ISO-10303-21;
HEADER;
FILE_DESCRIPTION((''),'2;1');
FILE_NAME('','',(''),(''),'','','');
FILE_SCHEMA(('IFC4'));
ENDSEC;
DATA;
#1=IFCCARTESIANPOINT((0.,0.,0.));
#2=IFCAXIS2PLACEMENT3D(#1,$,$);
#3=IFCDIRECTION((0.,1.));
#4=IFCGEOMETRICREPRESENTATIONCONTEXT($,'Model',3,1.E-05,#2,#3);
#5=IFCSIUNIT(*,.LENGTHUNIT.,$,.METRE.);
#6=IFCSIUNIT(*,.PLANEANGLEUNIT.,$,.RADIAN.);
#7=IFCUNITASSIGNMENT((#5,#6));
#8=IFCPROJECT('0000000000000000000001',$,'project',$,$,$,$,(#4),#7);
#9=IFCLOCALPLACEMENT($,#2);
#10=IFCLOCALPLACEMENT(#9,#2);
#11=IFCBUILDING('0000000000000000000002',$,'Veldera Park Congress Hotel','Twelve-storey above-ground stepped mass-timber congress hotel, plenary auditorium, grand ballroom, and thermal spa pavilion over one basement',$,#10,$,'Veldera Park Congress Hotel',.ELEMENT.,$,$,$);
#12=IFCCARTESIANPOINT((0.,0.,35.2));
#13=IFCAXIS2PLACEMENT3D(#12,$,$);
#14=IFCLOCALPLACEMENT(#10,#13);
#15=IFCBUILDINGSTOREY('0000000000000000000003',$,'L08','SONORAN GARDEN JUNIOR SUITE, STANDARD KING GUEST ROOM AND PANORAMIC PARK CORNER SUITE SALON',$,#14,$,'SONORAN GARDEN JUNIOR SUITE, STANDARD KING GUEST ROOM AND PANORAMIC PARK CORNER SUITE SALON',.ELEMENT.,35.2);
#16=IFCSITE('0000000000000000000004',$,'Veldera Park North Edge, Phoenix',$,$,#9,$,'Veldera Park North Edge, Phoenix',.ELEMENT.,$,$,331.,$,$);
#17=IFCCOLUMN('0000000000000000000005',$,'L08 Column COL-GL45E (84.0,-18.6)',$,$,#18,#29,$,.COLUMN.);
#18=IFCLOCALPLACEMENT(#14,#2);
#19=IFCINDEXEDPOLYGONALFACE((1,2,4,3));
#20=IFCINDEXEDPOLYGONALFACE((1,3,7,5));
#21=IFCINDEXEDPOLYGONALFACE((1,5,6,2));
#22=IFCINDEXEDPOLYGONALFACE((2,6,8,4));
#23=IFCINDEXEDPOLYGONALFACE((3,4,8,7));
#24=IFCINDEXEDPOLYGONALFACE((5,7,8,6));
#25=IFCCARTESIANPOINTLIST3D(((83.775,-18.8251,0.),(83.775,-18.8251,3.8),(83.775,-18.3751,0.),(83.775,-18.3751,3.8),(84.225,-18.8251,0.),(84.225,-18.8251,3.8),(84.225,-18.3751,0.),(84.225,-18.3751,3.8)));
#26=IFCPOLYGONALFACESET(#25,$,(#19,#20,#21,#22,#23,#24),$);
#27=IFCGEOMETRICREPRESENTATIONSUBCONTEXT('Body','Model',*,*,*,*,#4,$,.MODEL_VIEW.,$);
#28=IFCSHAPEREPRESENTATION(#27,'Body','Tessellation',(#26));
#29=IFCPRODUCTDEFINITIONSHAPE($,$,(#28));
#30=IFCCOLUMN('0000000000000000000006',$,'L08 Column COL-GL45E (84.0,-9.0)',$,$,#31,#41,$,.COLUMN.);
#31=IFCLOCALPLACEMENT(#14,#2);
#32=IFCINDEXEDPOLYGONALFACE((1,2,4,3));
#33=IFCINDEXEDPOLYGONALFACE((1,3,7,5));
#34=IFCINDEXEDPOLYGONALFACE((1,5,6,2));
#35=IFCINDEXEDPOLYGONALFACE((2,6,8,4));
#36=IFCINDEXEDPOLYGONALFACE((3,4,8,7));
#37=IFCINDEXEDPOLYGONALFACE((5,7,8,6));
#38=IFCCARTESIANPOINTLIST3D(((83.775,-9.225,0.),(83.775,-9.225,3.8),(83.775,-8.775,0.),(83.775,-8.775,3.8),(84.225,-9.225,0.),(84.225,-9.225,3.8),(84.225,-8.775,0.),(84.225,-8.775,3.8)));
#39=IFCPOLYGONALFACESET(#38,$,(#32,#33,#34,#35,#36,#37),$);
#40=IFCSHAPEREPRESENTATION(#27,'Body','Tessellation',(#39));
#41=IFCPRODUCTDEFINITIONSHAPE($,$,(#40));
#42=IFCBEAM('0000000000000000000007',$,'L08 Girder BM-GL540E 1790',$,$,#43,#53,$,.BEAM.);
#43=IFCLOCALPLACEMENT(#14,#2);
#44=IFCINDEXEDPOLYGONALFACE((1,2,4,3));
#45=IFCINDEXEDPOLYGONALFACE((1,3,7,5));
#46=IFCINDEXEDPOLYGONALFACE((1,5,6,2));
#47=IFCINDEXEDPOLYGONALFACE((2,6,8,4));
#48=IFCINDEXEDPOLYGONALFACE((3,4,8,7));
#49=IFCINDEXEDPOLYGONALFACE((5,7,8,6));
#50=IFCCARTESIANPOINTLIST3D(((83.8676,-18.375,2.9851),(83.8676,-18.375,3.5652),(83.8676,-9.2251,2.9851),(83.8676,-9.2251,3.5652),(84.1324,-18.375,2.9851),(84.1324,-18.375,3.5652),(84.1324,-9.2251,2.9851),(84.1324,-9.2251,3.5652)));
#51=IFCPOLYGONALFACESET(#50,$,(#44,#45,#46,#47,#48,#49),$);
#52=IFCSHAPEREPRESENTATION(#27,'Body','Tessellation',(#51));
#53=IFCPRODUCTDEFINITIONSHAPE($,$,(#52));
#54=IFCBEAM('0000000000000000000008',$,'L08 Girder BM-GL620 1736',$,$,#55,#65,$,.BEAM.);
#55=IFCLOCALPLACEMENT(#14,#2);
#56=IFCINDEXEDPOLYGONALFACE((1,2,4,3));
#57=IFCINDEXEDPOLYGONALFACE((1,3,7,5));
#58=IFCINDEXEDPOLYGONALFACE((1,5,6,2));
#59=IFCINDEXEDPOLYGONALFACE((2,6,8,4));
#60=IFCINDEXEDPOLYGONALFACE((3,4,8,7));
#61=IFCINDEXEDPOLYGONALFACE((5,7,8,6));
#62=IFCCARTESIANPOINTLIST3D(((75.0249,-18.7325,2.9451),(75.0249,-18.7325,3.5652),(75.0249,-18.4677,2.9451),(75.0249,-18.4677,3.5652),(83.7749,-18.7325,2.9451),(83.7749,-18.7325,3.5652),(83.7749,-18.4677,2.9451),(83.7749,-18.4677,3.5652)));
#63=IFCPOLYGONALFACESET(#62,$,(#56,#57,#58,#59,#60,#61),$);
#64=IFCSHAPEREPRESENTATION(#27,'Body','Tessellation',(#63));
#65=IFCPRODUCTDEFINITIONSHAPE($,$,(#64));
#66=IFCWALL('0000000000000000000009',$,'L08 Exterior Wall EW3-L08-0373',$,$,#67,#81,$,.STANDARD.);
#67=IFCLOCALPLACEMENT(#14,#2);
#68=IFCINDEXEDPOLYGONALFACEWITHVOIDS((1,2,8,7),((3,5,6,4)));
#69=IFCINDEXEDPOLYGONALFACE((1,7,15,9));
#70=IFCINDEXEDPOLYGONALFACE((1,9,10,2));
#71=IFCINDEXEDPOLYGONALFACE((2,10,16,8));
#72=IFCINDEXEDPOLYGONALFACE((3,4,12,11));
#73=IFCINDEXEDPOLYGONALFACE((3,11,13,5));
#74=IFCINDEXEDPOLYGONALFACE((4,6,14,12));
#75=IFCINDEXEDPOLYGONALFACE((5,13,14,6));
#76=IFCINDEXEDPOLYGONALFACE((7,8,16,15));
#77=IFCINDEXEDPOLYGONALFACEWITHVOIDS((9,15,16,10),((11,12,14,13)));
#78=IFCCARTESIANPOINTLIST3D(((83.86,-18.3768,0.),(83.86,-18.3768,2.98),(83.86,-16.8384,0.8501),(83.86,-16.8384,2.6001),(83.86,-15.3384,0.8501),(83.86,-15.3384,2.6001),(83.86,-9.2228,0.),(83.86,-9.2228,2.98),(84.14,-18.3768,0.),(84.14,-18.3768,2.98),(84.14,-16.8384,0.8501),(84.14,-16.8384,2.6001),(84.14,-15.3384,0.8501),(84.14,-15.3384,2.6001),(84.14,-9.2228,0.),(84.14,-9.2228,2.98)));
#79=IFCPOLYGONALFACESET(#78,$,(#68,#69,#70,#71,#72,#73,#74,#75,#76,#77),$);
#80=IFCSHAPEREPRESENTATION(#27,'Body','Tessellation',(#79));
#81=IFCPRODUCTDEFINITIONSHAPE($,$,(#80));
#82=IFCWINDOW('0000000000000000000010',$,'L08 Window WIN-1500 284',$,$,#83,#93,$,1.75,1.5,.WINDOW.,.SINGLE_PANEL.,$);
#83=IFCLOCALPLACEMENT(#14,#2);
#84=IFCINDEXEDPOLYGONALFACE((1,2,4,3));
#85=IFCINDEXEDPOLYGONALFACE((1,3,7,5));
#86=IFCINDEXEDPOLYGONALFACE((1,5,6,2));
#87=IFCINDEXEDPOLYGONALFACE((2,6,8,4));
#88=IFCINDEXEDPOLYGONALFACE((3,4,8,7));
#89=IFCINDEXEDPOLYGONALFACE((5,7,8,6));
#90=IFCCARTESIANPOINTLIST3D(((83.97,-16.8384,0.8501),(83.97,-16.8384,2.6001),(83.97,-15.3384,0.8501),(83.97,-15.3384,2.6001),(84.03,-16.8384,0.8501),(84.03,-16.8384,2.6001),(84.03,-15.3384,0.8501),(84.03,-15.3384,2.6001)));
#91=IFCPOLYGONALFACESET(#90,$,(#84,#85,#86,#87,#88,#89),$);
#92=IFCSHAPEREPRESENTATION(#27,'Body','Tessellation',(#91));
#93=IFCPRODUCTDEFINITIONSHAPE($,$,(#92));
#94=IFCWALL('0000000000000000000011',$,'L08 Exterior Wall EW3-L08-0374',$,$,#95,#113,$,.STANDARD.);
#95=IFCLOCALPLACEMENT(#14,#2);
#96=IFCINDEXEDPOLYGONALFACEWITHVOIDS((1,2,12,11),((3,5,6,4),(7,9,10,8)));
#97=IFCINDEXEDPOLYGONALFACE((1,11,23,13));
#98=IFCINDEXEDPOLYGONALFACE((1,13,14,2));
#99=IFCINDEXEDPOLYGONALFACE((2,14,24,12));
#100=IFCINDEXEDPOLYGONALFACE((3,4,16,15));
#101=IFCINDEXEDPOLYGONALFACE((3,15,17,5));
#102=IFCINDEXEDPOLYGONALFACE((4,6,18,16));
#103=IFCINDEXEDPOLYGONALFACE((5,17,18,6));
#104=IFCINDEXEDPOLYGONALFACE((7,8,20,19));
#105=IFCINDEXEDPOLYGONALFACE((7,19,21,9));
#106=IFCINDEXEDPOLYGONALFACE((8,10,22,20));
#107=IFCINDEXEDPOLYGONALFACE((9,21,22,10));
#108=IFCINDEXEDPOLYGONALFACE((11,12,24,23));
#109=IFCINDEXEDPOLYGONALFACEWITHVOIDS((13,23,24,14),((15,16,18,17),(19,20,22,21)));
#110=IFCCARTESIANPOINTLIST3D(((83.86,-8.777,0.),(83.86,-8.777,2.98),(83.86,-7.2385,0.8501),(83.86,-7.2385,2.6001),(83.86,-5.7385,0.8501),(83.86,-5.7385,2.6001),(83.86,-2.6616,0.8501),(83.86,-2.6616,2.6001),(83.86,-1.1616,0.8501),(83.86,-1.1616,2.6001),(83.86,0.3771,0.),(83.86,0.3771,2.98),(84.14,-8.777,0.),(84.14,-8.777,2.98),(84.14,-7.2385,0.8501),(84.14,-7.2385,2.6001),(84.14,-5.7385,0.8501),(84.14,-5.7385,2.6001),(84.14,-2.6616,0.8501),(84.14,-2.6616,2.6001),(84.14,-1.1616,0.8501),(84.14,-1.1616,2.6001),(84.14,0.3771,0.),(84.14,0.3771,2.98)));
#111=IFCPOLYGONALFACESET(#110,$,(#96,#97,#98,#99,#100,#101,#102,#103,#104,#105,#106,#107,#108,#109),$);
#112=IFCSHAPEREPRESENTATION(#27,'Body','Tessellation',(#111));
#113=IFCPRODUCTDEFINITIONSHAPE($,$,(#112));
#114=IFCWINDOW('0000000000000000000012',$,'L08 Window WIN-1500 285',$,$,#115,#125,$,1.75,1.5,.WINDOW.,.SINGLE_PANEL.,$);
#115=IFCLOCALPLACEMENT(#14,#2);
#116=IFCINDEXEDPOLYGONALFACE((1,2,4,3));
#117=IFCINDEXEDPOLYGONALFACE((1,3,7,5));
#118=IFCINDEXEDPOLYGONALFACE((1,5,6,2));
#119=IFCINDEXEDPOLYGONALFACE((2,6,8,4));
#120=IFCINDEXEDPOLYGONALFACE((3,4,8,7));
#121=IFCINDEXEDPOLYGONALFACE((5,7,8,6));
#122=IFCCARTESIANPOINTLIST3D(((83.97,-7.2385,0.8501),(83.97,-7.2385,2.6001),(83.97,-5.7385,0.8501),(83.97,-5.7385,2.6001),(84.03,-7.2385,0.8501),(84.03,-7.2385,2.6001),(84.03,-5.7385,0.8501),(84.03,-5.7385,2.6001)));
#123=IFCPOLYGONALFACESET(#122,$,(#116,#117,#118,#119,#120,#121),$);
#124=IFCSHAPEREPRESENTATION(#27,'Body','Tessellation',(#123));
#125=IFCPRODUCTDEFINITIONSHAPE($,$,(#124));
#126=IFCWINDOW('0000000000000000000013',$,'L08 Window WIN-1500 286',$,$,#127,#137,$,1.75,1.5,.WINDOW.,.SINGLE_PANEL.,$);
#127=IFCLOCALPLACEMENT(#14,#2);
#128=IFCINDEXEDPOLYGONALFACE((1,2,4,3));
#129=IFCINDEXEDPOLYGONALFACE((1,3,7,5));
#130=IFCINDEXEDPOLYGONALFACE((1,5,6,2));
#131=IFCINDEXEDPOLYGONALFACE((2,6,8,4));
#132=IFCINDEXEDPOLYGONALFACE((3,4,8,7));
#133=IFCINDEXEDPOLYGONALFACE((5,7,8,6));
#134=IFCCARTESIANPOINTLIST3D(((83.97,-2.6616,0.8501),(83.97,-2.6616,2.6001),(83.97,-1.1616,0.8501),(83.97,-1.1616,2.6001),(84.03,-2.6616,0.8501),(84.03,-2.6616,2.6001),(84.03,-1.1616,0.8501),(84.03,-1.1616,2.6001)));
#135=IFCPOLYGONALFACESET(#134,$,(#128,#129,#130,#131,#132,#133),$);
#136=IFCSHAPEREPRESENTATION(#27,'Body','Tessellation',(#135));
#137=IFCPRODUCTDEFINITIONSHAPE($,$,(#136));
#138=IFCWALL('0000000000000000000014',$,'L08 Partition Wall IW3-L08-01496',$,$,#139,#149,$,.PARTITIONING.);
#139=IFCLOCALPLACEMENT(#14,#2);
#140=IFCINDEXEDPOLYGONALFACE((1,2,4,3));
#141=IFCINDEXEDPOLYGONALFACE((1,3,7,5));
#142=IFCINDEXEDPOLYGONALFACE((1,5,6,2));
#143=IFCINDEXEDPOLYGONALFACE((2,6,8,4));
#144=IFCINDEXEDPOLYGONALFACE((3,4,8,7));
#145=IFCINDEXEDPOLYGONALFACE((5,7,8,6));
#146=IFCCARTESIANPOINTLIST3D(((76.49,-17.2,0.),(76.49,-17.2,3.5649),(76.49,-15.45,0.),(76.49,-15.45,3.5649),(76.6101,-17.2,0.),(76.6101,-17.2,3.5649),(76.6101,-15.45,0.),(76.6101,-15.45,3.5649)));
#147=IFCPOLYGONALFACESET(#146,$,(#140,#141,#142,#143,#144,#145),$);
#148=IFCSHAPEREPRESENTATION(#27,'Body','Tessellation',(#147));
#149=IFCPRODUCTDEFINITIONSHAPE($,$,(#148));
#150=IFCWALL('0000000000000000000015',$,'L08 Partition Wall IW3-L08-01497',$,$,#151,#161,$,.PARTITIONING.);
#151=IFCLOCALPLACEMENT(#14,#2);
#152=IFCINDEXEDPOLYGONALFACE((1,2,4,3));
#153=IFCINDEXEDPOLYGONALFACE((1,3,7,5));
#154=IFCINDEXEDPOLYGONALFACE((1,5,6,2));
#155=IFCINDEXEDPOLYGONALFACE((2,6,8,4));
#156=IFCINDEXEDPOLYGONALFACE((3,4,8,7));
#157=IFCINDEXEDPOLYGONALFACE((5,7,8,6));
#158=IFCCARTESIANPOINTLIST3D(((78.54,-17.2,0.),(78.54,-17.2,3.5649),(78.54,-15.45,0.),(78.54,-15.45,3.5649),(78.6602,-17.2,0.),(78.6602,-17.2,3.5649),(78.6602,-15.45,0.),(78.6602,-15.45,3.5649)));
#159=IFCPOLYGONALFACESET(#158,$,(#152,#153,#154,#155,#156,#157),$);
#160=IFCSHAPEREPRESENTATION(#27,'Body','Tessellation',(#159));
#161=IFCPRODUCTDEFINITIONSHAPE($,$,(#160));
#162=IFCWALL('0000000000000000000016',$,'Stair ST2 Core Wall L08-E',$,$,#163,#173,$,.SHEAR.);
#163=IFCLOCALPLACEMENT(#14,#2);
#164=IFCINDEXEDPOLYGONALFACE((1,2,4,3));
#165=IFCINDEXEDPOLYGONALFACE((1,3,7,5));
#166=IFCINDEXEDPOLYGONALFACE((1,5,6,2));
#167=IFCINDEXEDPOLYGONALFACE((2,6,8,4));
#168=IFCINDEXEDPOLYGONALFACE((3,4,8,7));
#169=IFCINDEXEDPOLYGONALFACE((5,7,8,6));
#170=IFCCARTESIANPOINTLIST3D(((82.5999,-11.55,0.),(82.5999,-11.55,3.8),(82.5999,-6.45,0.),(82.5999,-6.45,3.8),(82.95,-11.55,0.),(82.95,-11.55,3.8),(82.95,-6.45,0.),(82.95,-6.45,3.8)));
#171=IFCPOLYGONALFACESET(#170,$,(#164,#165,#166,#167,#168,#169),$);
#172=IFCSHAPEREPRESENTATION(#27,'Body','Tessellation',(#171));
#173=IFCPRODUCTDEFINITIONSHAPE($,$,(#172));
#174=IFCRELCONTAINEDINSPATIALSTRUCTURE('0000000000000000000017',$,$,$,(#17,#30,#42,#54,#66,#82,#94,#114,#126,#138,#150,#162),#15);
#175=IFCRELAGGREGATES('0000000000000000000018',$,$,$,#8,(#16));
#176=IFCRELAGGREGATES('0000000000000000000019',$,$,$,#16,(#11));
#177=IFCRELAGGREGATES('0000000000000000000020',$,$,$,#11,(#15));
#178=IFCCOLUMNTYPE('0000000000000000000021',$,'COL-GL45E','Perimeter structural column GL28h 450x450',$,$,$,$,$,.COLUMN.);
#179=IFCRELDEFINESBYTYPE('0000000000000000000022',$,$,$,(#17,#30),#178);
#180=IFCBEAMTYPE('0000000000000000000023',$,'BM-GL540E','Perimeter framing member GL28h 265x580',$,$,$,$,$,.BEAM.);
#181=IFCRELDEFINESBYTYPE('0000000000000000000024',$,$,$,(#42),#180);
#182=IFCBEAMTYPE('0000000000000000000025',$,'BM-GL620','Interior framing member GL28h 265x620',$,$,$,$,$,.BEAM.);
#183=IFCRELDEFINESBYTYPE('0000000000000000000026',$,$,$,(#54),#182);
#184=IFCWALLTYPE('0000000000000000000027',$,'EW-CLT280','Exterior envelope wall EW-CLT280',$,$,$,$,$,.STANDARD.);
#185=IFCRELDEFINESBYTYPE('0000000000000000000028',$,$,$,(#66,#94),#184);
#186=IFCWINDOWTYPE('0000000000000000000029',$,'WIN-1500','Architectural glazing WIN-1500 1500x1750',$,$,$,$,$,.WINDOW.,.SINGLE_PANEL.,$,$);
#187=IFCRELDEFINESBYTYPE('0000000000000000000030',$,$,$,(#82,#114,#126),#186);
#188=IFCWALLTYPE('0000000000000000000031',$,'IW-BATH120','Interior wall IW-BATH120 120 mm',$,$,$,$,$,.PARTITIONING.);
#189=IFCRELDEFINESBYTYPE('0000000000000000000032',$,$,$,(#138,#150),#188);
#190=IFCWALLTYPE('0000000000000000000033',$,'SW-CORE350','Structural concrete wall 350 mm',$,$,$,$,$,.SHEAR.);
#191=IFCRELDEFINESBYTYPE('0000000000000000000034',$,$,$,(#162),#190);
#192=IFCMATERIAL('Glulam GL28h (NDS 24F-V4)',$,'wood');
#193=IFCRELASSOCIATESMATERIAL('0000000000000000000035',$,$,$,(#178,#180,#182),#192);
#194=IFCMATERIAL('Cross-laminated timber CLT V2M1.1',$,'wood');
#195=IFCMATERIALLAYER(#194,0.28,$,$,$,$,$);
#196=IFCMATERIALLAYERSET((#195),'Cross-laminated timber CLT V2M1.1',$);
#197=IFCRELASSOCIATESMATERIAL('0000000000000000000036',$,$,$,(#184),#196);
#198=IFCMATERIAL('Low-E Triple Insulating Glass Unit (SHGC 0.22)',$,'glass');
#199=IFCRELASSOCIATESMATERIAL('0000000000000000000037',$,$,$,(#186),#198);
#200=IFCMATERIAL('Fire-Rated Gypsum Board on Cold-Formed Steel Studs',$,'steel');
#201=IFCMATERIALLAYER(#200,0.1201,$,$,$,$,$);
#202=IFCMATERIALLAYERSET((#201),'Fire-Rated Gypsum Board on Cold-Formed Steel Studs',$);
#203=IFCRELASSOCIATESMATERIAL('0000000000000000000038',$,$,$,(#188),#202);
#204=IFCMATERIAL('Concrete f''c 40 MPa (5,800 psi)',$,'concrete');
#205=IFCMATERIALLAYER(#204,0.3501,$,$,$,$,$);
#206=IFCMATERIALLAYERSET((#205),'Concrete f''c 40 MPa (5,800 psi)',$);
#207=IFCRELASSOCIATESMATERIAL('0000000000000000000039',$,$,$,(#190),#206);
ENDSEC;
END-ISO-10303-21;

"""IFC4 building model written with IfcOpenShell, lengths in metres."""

from ifc_helpers import new_model, si_unit, direction, frame, frame_2d, origin, origin_2d, place, context, subcontext, project, spatial, rectangle, extrude, material, layer, layer_set, material_profile, profile_set, type_object, element, fill, save


model = new_model("IFC4")

# Units and contexts
model_context = context("Model", 3, precision=1e-05, world=origin(), true_north=direction((0.0, 1.0)))
body_context = subcontext(model_context, "Body", "Model", "MODEL_VIEW")
ifc_project = project(units=[si_unit("LENGTHUNIT", "METRE"), si_unit("PLANEANGLEUNIT", "RADIAN")], contexts=[model_context])

# Site, building, storey
site_placement = place(None, origin())
site = spatial("IfcSite", under=ifc_project, at=site_placement, Name="Veldera Park North Edge, Phoenix", LongName="Veldera Park North Edge, Phoenix", CompositionType="ELEMENT", RefElevation=331.0)
building_placement = place(site_placement, origin())
building = spatial("IfcBuilding", under=site, at=building_placement, Name="Veldera Park Congress Hotel", Description="Twelve-storey above-ground stepped mass-timber congress hotel, plenary auditorium, grand ballroom, and thermal spa pavilion over one basement", LongName="Veldera Park Congress Hotel", CompositionType="ELEMENT")
storey_placement = place(building_placement, frame((0.0, 0.0, 35.2)))
storey = spatial("IfcBuildingStorey", under=building, at=storey_placement, Name="L08", Description="SONORAN GARDEN JUNIOR SUITE, STANDARD KING GUEST ROOM AND PANORAMIC PARK CORNER SUITE SALON", LongName="SONORAN GARDEN JUNIOR SUITE, STANDARD KING GUEST ROOM AND PANORAMIC PARK CORNER SUITE SALON", CompositionType="ELEMENT", Elevation=35.2)

# Columns
ifc_material_1 = material(Name="Glulam GL28h (NDS 24F-V4)", Category="wood")
ifc_material_profile_1 = material_profile(ifc_material_1, rectangle(XDim=0.45, YDim=0.45, at=origin_2d()), Name="GL28h 450x450")
ifc_profile_set_1 = profile_set([ifc_material_profile_1], Name="Glulam GL28h (NDS 24F-V4)")
column_type = type_object("IfcColumnType", Name="COL-GL45E", Description="Perimeter structural column GL28h 450x450", PredefinedType="COLUMN", material=ifc_profile_set_1)
for number, where, z_axis, x_axis, name in (
    (1, (84.0, -18.6001, 0.0), (0.0, 0.0, 1.0), (1.0, 0.0, 0.0), "L08 Column COL-GL45E (84.0,-18.6)"),
    (2, (84.0, -9.0, 0.0), (0.0, 0.0, 1.0), (1.0, 0.0, 0.0), "L08 Column COL-GL45E (84.0,-9.0)"),
):
    element("IfcColumn", number, at=place(storey_placement, frame(where, z_axis=z_axis, x_axis=x_axis)), inside=storey, type_object=column_type, Name=name, PredefinedType="COLUMN", context=body_context, shape_type="SweptSolid", body=[
        extrude(rectangle(XDim=0.45, YDim=0.45, at=origin_2d()), origin(), (0.0, 0.0, 1.0), 3.8),
    ])

# Beams
ifc_material_profile_2 = material_profile(ifc_material_1, rectangle(XDim=0.2649, YDim=0.5801, at=origin_2d()), Name="GL28h 265x580")
ifc_profile_set_2 = profile_set([ifc_material_profile_2], Name="Glulam GL28h (NDS 24F-V4)")
beam_type_1 = type_object("IfcBeamType", Name="BM-GL540E", Description="Perimeter framing member GL28h 265x580", PredefinedType="BEAM", material=ifc_profile_set_2)
beam_1_placement = place(storey_placement, frame((84.0, -18.375, 3.2751), z_axis=(0.0, 1.0, 0.0), x_axis=(-1.0, 0.0, 0.0)))
element("IfcBeam", 3, at=beam_1_placement, inside=storey, type_object=beam_type_1, Name="L08 Girder BM-GL540E 1790", PredefinedType="BEAM", context=body_context, shape_type="SweptSolid", body=[
    extrude(rectangle(XDim=0.2649, YDim=0.5801, at=origin_2d()), origin(), (0.0, 0.0, 1.0), 9.1499),
])
ifc_material_profile_3 = material_profile(ifc_material_1, rectangle(XDim=0.2649, YDim=0.6201, at=origin_2d()), Name="GL28h 265x620")
ifc_profile_set_3 = profile_set([ifc_material_profile_3], Name="Glulam GL28h (NDS 24F-V4)")
beam_type_2 = type_object("IfcBeamType", Name="BM-GL620", Description="Interior framing member GL28h 265x620", PredefinedType="BEAM", material=ifc_profile_set_3)
beam_2_placement = place(storey_placement, frame((75.0249, -18.6001, 3.2551), z_axis=(1.0, 0.0, 0.0), x_axis=(0.0, 1.0, 0.0)))
element("IfcBeam", 4, at=beam_2_placement, inside=storey, type_object=beam_type_2, Name="L08 Girder BM-GL620 1736", PredefinedType="BEAM", context=body_context, shape_type="SweptSolid", body=[
    extrude(rectangle(XDim=0.2649, YDim=0.6201, at=origin_2d()), origin(), (0.0, 0.0, 1.0), 8.75),
])

# Wall, opening, window
ifc_material_2 = material(Name="Cross-laminated timber CLT V2M1.1", Category="wood")
ifc_layer_1 = layer(ifc_material_2, 0.28)
ifc_layer_set_1 = layer_set([ifc_layer_1], Name="Cross-laminated timber CLT V2M1.1")
wall_type_1 = type_object("IfcWallType", Name="EW-CLT280", Description="Exterior envelope wall EW-CLT280", PredefinedType="STANDARD", material=ifc_layer_set_1)
wall_1_placement = place(storey_placement, frame((84.0, -18.377, 0.0), z_axis=(0.0, 0.0, 1.0), x_axis=(0.0, 1.0, 0.0)))
wall_1 = element("IfcWall", 5, at=wall_1_placement, inside=storey, type_object=wall_type_1, Name="L08 Exterior Wall EW3-L08-0373", PredefinedType="STANDARD", context=body_context, shape_type="SweptSolid", body=[
    extrude(rectangle(XDim=9.1541, YDim=0.28, at=frame_2d((4.5771, 0.0))), origin(), (0.0, 0.0, 1.0), 2.98),
])
opening_1_placement = place(wall_1_placement, frame((1.5386, 0.0, 0.8501)))
opening_1 = element("IfcOpeningElement", 6, at=opening_1_placement, cuts=wall_1, PredefinedType="OPENING", context=body_context, shape_type="SweptSolid", body=[
    extrude(rectangle(XDim=1.5, YDim=1.75, at=frame_2d((0.75, 0.875))), frame((0.0, 0.1521, 0.0), z_axis=(0.0, -1.0, 0.0), x_axis=(1.0, 0.0, 0.0)), (0.0, 0.0, 1.0), 0.304),
])
ifc_material_3 = material(Name="Low-E Triple Insulating Glass Unit (SHGC 0.22)", Category="glass")
window_type = type_object("IfcWindowType", Name="WIN-1500", Description="Architectural glazing WIN-1500 1500x1750", PartitioningType="SINGLE_PANEL", PredefinedType="WINDOW", material=ifc_material_3)
window_1_placement = place(opening_1_placement, origin())
window_1 = element("IfcWindow", 7, at=window_1_placement, inside=storey, type_object=window_type, Name="L08 Window WIN-1500 284", OverallHeight=1.75, OverallWidth=1.5, PartitioningType="SINGLE_PANEL", PredefinedType="WINDOW", context=body_context, shape_type="SweptSolid", body=[
    extrude(rectangle(XDim=1.5, YDim=1.75, at=frame_2d((0.75, 0.875))), frame((0.0, 0.03, 0.0), z_axis=(0.0, -1.0, 0.0), x_axis=(1.0, 0.0, 0.0)), (0.0, 0.0, 1.0), 0.0601),
])
fill(opening_1, window_1)

# Wall, openings, windows
wall_2_placement = place(storey_placement, frame((84.0, -8.7771, 0.0), z_axis=(0.0, 0.0, 1.0), x_axis=(0.0, 1.0, 0.0)))
wall_2 = element("IfcWall", 8, at=wall_2_placement, inside=storey, type_object=wall_type_1, Name="L08 Exterior Wall EW3-L08-0374", PredefinedType="STANDARD", context=body_context, shape_type="SweptSolid", body=[
    extrude(rectangle(XDim=9.1541, YDim=0.28, at=frame_2d((4.5771, 0.0))), origin(), (0.0, 0.0, 1.0), 2.98),
])
opening_2_placement = place(wall_2_placement, frame((1.5386, 0.0, 0.8501)))
opening_2 = element("IfcOpeningElement", 9, at=opening_2_placement, cuts=wall_2, PredefinedType="OPENING", context=body_context, shape_type="SweptSolid", body=[
    extrude(rectangle(XDim=1.5, YDim=1.75, at=frame_2d((0.75, 0.875))), frame((0.0, 0.1521, 0.0), z_axis=(0.0, -1.0, 0.0), x_axis=(1.0, 0.0, 0.0)), (0.0, 0.0, 1.0), 0.304),
])
opening_3_placement = place(wall_2_placement, frame((6.1155, 0.0, 0.8501)))
opening_3 = element("IfcOpeningElement", 10, at=opening_3_placement, cuts=wall_2, PredefinedType="OPENING", context=body_context, shape_type="SweptSolid", body=[
    extrude(rectangle(XDim=1.5, YDim=1.75, at=frame_2d((0.75, 0.875))), frame((0.0, 0.1521, 0.0), z_axis=(0.0, -1.0, 0.0), x_axis=(1.0, 0.0, 0.0)), (0.0, 0.0, 1.0), 0.304),
])
window_2_placement = place(opening_2_placement, origin())
window_2 = element("IfcWindow", 11, at=window_2_placement, inside=storey, type_object=window_type, Name="L08 Window WIN-1500 285", OverallHeight=1.75, OverallWidth=1.5, PartitioningType="SINGLE_PANEL", PredefinedType="WINDOW", context=body_context, shape_type="SweptSolid", body=[
    extrude(rectangle(XDim=1.5, YDim=1.75, at=frame_2d((0.75, 0.875))), frame((0.0, 0.03, 0.0), z_axis=(0.0, -1.0, 0.0), x_axis=(1.0, 0.0, 0.0)), (0.0, 0.0, 1.0), 0.0601),
])
fill(opening_2, window_2)
window_3_placement = place(opening_3_placement, origin())
window_3 = element("IfcWindow", 12, at=window_3_placement, inside=storey, type_object=window_type, Name="L08 Window WIN-1500 286", OverallHeight=1.75, OverallWidth=1.5, PartitioningType="SINGLE_PANEL", PredefinedType="WINDOW", context=body_context, shape_type="SweptSolid", body=[
    extrude(rectangle(XDim=1.5, YDim=1.75, at=frame_2d((0.75, 0.875))), frame((0.0, 0.03, 0.0), z_axis=(0.0, -1.0, 0.0), x_axis=(1.0, 0.0, 0.0)), (0.0, 0.0, 1.0), 0.0601),
])
fill(opening_3, window_3)

# Shared definitions
ifc_material_4 = material(Name="Fire-Rated Gypsum Board on Cold-Formed Steel Studs", Category="steel")
ifc_layer_2 = layer(ifc_material_4, 0.1201)
ifc_layer_set_2 = layer_set([ifc_layer_2], Name="Fire-Rated Gypsum Board on Cold-Formed Steel Studs")
wall_type_2 = type_object("IfcWallType", Name="IW-BATH120", Description="Interior wall IW-BATH120 120 mm", PredefinedType="PARTITIONING", material=ifc_layer_set_2)

# Walls
for number, where, z_axis, x_axis, name in (
    (13, (76.55, -17.2, 0.0), (0.0, 0.0, 1.0), (0.0, 1.0, 0.0), "L08 Partition Wall IW3-L08-01496"),
    (14, (78.6001, -17.2, 0.0), (0.0, 0.0, 1.0), (0.0, 1.0, 0.0), "L08 Partition Wall IW3-L08-01497"),
):
    element("IfcWall", number, at=place(storey_placement, frame(where, z_axis=z_axis, x_axis=x_axis)), inside=storey, type_object=wall_type_2, Name=name, PredefinedType="PARTITIONING", context=body_context, shape_type="SweptSolid", body=[
        extrude(rectangle(XDim=1.75, YDim=0.1201, at=frame_2d((0.875, 0.0))), origin(), (0.0, 0.0, 1.0), 3.5649),
    ])

# Wall
ifc_material_5 = material(Name="Concrete f'c 40 MPa (5,800 psi)", Category="concrete")
ifc_layer_3 = layer(ifc_material_5, 0.3501)
ifc_layer_set_3 = layer_set([ifc_layer_3], Name="Concrete f'c 40 MPa (5,800 psi)")
wall_type_3 = type_object("IfcWallType", Name="SW-CORE350", Description="Structural concrete wall 350 mm", PredefinedType="SHEAR", material=ifc_layer_set_3)
wall_3_placement = place(storey_placement, frame((82.7749, -11.55, 0.0), z_axis=(0.0, 0.0, 1.0), x_axis=(0.0, 1.0, 0.0)))
element("IfcWall", 15, at=wall_3_placement, inside=storey, type_object=wall_type_3, Name="Stair ST2 Core Wall L08-E", PredefinedType="SHEAR", context=body_context, shape_type="SweptSolid", body=[
    extrude(rectangle(XDim=5.1001, YDim=0.3501, at=frame_2d((2.55, 0.0))), origin(), (0.0, 0.0, 1.0), 3.8),
])

save(model, "model.ifc")
